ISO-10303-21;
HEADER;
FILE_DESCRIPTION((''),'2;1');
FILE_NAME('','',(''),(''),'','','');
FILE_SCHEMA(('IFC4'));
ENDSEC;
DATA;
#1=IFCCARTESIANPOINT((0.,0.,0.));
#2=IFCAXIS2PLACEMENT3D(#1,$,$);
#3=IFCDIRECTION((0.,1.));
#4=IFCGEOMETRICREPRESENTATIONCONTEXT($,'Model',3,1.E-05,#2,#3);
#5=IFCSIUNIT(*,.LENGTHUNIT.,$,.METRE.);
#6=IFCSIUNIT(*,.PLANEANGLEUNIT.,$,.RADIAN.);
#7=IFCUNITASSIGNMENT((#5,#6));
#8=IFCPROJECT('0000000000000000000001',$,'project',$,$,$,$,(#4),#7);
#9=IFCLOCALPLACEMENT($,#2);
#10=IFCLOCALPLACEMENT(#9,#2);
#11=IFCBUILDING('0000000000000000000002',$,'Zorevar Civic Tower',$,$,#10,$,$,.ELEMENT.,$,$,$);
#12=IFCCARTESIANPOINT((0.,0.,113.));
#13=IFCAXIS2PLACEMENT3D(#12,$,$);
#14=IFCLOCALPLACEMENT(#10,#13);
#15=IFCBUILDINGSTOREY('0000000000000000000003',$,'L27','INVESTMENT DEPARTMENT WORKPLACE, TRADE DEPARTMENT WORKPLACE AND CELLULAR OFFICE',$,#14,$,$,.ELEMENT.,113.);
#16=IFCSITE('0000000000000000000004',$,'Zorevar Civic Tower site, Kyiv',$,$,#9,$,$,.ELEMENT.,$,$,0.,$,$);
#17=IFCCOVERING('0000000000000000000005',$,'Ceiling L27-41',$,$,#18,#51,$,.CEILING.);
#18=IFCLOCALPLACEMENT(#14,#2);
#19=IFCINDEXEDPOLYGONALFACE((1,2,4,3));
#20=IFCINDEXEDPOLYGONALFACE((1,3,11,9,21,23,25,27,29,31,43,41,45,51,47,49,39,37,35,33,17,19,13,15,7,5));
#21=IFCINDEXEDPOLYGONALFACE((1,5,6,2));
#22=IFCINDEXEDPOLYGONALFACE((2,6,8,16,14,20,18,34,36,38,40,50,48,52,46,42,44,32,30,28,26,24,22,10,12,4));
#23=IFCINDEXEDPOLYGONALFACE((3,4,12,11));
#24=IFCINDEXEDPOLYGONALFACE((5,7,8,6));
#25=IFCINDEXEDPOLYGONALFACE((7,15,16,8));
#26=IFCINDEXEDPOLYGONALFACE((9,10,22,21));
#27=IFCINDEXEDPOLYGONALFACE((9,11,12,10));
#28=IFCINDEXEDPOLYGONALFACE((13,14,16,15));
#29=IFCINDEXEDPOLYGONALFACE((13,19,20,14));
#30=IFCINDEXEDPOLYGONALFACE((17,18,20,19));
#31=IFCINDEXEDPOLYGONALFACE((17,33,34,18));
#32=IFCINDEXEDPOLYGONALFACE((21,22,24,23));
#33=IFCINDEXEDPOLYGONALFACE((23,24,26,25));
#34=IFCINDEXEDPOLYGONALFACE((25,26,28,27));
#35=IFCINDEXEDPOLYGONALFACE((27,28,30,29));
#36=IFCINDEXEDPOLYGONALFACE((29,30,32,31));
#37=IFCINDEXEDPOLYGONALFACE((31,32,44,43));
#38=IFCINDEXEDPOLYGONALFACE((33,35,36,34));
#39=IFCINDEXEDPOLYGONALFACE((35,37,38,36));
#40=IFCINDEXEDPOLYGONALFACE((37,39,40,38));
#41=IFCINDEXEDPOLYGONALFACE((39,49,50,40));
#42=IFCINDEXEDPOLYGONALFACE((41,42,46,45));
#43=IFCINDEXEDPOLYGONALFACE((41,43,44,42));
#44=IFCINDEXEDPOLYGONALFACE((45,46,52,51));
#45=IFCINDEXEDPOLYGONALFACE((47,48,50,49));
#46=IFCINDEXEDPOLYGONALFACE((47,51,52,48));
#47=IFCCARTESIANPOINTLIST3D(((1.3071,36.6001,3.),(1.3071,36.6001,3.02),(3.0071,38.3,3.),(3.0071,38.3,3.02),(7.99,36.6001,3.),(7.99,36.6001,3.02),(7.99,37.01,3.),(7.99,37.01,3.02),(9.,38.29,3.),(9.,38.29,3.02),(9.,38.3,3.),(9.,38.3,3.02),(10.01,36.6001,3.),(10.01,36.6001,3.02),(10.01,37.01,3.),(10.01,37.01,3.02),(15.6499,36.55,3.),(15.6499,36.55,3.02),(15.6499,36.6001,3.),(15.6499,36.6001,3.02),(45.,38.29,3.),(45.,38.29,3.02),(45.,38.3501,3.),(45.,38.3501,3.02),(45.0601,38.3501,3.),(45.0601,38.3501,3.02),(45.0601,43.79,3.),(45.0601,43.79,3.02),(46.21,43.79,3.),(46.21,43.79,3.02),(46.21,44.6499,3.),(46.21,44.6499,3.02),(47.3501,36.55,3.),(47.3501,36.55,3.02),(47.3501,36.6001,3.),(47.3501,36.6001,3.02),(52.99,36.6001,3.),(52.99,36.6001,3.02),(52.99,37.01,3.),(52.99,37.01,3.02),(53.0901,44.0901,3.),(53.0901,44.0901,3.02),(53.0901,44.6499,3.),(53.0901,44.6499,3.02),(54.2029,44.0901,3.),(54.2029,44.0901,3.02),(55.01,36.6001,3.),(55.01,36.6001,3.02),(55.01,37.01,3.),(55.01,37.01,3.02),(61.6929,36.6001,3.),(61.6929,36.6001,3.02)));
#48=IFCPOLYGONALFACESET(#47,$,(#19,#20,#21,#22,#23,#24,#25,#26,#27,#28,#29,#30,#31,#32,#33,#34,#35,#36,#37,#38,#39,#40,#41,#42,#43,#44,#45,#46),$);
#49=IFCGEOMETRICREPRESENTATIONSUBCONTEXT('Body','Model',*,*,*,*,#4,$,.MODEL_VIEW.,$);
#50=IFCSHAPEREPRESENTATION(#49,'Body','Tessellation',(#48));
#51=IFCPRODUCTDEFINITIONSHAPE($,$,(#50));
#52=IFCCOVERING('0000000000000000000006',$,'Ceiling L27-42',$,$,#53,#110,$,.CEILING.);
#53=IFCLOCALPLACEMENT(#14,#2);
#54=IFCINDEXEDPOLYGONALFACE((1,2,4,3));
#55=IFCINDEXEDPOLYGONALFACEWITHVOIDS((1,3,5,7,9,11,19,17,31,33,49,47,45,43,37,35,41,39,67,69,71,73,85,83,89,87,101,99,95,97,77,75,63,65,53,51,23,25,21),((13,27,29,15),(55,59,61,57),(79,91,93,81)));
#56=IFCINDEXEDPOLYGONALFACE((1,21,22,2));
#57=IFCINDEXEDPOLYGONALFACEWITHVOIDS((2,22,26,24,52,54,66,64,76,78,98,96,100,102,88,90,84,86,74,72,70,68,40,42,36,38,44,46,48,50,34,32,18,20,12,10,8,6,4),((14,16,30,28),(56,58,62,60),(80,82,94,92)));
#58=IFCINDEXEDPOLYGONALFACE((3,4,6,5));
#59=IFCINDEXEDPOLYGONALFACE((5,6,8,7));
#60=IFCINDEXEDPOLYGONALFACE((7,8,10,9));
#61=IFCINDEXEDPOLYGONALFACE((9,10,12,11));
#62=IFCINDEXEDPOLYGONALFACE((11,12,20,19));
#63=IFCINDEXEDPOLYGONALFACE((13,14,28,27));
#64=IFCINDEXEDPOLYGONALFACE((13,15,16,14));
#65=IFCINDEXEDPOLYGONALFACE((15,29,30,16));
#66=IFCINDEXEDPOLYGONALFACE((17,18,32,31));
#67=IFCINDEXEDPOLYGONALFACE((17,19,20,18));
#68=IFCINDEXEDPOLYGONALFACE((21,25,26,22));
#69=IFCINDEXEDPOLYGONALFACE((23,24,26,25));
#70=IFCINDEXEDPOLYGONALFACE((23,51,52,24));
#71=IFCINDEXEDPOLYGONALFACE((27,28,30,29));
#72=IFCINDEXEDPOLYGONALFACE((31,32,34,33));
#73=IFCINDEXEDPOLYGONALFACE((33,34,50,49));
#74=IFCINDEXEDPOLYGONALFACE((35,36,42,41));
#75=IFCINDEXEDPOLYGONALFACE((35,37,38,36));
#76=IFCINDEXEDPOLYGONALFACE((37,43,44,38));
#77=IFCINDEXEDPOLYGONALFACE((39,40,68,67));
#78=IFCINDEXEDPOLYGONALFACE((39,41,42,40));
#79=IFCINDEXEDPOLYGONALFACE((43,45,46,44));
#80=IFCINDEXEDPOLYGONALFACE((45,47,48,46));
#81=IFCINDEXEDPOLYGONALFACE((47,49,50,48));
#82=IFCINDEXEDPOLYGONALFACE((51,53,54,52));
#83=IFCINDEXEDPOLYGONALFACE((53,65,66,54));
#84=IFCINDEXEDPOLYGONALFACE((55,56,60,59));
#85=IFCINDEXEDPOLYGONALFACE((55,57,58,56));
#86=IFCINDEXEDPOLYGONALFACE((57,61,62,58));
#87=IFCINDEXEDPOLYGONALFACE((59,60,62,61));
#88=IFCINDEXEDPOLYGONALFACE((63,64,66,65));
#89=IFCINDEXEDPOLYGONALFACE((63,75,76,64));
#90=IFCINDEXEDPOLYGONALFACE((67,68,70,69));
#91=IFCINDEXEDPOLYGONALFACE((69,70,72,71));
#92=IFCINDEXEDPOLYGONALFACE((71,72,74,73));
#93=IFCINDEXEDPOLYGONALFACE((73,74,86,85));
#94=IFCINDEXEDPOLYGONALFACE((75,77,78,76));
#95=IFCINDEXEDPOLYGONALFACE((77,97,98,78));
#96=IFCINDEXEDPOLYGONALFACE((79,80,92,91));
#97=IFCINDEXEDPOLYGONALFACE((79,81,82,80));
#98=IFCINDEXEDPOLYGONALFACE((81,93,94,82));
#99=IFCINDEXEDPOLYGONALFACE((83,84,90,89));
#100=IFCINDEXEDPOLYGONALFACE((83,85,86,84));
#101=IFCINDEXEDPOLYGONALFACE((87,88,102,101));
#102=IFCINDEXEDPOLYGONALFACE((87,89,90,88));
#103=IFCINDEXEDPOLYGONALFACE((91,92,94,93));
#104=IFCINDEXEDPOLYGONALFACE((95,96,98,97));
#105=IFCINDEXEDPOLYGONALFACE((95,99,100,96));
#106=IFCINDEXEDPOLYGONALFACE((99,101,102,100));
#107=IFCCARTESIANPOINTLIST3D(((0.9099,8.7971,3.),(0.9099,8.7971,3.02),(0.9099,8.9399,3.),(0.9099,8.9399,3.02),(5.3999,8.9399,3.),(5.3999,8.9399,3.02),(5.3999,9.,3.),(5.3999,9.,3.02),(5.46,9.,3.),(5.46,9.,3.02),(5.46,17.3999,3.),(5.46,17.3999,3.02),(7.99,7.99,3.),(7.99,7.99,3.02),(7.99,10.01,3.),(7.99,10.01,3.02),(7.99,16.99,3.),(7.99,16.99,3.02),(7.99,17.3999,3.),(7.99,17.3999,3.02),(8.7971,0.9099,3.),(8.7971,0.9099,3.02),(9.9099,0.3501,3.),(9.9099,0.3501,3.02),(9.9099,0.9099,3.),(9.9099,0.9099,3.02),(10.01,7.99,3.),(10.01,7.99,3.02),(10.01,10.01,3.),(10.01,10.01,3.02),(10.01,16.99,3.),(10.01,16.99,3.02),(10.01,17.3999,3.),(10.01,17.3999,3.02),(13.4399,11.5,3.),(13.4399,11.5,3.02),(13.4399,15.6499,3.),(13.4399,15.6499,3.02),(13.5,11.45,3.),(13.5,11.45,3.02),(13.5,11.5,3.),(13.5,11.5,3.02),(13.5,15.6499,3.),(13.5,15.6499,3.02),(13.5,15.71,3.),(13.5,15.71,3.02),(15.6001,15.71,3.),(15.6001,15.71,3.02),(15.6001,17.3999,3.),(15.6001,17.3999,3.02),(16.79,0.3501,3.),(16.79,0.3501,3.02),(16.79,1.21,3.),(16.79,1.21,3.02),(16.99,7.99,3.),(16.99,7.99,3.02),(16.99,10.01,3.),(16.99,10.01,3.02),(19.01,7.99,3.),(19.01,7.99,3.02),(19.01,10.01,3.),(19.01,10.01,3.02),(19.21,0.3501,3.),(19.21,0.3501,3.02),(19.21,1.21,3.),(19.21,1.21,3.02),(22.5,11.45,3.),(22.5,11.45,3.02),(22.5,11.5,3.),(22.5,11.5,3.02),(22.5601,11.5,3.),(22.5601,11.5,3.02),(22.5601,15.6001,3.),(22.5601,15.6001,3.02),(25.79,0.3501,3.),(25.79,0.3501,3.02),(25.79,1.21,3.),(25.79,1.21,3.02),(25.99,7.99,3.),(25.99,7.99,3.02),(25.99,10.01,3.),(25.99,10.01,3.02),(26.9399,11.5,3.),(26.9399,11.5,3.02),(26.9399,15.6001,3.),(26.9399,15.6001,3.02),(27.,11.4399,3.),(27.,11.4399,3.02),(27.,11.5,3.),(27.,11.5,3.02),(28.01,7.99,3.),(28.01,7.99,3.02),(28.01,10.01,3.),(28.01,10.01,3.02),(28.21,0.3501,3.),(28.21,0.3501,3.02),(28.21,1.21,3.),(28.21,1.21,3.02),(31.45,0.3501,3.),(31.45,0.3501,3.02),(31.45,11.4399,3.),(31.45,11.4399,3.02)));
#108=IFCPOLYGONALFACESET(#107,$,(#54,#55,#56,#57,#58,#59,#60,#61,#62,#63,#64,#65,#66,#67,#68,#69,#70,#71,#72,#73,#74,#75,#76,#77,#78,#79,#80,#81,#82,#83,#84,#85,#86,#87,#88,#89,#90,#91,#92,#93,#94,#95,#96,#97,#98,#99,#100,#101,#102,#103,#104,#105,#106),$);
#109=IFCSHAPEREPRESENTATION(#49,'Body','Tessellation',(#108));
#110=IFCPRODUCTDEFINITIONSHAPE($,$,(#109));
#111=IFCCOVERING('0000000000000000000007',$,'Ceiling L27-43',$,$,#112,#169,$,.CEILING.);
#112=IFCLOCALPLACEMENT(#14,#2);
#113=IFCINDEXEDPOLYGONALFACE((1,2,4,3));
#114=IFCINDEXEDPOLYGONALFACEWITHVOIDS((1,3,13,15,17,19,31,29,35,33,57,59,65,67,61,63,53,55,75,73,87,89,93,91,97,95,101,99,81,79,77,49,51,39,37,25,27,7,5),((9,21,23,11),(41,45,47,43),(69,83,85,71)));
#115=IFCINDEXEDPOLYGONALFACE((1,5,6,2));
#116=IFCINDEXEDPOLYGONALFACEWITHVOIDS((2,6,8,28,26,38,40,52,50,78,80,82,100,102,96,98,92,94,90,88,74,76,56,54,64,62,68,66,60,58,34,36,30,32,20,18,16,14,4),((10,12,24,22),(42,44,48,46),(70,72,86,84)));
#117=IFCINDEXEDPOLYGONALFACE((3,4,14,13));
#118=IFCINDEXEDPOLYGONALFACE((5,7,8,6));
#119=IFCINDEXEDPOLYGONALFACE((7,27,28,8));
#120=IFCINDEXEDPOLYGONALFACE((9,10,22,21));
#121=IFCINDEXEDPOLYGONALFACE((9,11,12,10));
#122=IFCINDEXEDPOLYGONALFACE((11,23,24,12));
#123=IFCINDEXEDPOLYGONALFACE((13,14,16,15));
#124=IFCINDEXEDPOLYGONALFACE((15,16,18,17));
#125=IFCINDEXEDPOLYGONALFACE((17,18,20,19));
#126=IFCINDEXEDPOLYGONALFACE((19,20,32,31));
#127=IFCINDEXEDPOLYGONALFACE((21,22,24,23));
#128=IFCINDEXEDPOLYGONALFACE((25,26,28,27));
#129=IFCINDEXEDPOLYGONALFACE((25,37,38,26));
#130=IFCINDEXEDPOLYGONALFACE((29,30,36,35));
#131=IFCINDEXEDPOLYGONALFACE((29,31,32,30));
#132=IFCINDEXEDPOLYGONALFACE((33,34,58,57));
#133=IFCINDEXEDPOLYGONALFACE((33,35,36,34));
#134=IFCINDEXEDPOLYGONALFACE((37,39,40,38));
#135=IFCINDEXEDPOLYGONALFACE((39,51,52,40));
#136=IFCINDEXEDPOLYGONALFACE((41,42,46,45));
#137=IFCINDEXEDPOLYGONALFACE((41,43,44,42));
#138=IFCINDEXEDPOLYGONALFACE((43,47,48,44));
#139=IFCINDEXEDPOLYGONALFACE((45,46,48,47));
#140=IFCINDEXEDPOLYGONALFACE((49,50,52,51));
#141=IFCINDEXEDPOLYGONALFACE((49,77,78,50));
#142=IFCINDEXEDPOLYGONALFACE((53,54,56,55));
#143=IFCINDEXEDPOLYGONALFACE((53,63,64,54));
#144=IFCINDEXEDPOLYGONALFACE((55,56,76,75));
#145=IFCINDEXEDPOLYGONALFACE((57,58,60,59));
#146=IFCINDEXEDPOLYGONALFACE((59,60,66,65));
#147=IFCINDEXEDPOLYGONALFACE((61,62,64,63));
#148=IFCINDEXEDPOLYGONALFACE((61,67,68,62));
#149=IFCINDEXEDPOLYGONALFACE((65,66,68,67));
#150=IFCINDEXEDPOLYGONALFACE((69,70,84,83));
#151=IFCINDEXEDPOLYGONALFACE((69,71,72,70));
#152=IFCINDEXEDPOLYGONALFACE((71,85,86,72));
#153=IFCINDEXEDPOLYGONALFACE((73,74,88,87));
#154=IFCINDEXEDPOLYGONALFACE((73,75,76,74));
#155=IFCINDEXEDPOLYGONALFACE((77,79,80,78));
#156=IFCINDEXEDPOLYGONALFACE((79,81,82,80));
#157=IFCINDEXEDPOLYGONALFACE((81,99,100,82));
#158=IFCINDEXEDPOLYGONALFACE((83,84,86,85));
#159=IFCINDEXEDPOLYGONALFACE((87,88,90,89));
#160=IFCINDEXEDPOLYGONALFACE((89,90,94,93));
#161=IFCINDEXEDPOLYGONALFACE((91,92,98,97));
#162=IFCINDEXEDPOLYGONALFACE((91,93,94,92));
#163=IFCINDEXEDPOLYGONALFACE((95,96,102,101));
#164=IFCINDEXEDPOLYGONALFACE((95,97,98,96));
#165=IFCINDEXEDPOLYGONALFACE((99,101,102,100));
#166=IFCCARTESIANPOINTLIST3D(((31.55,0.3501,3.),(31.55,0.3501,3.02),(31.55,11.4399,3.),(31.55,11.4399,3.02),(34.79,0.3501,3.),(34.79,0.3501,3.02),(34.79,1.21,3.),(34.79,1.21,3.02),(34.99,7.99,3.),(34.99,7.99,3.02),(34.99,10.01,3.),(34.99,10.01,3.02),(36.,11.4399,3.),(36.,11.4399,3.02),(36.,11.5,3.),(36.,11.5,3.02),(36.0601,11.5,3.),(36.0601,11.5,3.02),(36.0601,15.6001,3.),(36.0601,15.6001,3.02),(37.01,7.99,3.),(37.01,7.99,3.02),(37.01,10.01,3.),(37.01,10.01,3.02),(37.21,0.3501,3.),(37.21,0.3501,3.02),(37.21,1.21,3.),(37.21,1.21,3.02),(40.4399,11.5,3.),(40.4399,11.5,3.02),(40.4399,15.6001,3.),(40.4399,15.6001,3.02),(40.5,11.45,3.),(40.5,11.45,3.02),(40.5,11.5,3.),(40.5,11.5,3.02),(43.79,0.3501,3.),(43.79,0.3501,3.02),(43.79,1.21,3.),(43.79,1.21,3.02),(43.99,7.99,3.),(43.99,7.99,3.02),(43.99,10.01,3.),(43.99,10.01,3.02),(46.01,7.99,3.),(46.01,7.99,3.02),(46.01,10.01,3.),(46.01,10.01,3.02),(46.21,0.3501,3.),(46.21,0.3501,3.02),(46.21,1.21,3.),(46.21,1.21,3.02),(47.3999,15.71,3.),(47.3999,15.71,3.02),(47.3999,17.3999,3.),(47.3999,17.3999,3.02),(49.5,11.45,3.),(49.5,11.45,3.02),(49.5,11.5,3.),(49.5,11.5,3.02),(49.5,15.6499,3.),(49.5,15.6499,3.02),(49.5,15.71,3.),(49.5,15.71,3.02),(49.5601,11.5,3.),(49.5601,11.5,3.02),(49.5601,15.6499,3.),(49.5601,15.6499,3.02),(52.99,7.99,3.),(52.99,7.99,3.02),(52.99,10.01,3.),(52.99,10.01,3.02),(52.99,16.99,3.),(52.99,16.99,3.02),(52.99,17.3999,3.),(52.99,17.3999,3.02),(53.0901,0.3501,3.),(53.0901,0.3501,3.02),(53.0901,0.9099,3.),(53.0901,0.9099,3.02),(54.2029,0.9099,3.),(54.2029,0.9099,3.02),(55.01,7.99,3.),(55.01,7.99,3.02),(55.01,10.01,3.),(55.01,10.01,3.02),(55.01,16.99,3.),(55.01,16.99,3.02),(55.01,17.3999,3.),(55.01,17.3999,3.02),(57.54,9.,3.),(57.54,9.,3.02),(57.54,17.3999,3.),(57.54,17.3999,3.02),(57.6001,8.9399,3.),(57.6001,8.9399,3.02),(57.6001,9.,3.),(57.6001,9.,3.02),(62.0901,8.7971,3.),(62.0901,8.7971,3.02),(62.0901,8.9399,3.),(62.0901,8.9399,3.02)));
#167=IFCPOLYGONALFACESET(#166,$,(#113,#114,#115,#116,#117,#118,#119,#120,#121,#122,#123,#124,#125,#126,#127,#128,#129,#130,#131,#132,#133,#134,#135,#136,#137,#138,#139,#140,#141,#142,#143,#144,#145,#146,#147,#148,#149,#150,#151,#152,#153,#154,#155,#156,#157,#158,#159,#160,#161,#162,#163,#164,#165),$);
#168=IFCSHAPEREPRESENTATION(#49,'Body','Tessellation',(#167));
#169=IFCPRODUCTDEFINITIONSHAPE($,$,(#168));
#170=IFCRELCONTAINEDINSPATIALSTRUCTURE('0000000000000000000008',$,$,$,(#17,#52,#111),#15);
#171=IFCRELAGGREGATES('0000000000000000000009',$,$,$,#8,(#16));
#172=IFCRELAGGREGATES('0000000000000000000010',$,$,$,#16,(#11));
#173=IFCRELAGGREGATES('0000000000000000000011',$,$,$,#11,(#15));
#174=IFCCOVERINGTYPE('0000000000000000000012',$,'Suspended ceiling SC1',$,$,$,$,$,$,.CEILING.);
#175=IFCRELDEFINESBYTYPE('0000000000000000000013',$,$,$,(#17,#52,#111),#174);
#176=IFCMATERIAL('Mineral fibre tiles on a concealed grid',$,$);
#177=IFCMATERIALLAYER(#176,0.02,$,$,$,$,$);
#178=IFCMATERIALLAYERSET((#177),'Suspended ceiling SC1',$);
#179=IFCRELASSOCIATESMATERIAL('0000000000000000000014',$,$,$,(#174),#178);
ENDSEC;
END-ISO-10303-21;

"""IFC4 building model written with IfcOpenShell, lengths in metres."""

from ifc_helpers import new_model, si_unit, direction, frame, origin, place, context, subcontext, project, spatial, polyline, outline, extrude, material, layer, layer_set, type_object, element, save


model = new_model("IFC4")

# Units and contexts
model_context = context("Model", 3, precision=1e-05, world=origin(), true_north=direction((0.0, 1.0)))
body_context = subcontext(model_context, "Body", "Model", "MODEL_VIEW")
ifc_project = project(units=[si_unit("LENGTHUNIT", "METRE"), si_unit("PLANEANGLEUNIT", "RADIAN")], contexts=[model_context])

# Site, building, storey
site_placement = place(None, origin())
site = spatial("IfcSite", under=ifc_project, at=site_placement, Name="Zorevar Civic Tower site, Kyiv", CompositionType="ELEMENT", RefElevation=0.0)
building_placement = place(site_placement, origin())
building = spatial("IfcBuilding", under=site, at=building_placement, Name="Zorevar Civic Tower", CompositionType="ELEMENT")
storey_placement = place(building_placement, frame((0.0, 0.0, 113.0)))
storey = spatial("IfcBuildingStorey", under=building, at=storey_placement, Name="L27", Description="INVESTMENT DEPARTMENT WORKPLACE, TRADE DEPARTMENT WORKPLACE AND CELLULAR OFFICE", CompositionType="ELEMENT", Elevation=113.0)

# Coverings
ifc_material_1 = material(Name="Mineral fibre tiles on a concealed grid")
ifc_layer_1 = layer(ifc_material_1, 0.02)
ifc_layer_set_1 = layer_set([ifc_layer_1], Name="Suspended ceiling SC1")
covering_type_1 = type_object("IfcCoveringType", Name="Suspended ceiling SC1", PredefinedType="CEILING", material=ifc_layer_set_1)
covering_1_placement = place(storey_placement, frame((0.0, 0.0, 3.0)))
element("IfcCovering", 1, at=covering_1_placement, inside=storey, type_object=covering_type_1, Name="Ceiling L27-41", PredefinedType="CEILING", context=body_context, shape_type="SweptSolid", body=[
    extrude(outline(polyline([(53.0901, 44.0901), (54.2029, 44.0901), (61.6929, 36.6001), (55.01, 36.6001), (55.01, 37.01), (52.99, 37.01), (52.99, 36.6001), (47.3501, 36.6001), (47.3501, 36.55), (15.6499, 36.55), (15.6499, 36.6001), (10.01, 36.6001), (10.01, 37.01), (7.99, 37.01), (7.99, 36.6001), (1.3071, 36.6001), (3.0071, 38.3), (9.0, 38.3), (9.0, 38.29), (45.0, 38.29), (45.0, 38.3501), (45.0601, 38.3501), (45.0601, 43.79), (46.21, 43.79), (46.21, 44.6499), (53.0901, 44.6499), (53.0901, 44.0901)])), origin(), (0.0, 0.0, 1.0), 0.02),
])
covering_2_placement = place(storey_placement, frame((0.0, 0.0, 3.0)))
element("IfcCovering", 2, at=covering_2_placement, inside=storey, type_object=covering_type_1, Name="Ceiling L27-42", PredefinedType="CEILING", context=body_context, shape_type="SweptSolid", body=[
    extrude(outline(polyline([(5.46, 17.3999), (7.99, 17.3999), (7.99, 16.99), (10.01, 16.99), (10.01, 17.3999), (15.6001, 17.3999), (15.6001, 15.71), (13.5, 15.71), (13.5, 15.6499), (13.4399, 15.6499), (13.4399, 11.5), (13.5, 11.5), (13.5, 11.45), (22.5, 11.45), (22.5, 11.5), (22.5601, 11.5), (22.5601, 15.6001), (26.9399, 15.6001), (26.9399, 11.5), (27.0, 11.5), (27.0, 11.4399), (31.45, 11.4399), (31.45, 0.3501), (28.21, 0.3501), (28.21, 1.21), (25.79, 1.21), (25.79, 0.3501), (19.21, 0.3501), (19.21, 1.21), (16.79, 1.21), (16.79, 0.3501), (9.9099, 0.3501), (9.9099, 0.9099), (8.7971, 0.9099), (0.9099, 8.7971), (0.9099, 8.9399), (5.3999, 8.9399), (5.3999, 9.0), (5.46, 9.0), (5.46, 17.3999)]), holes=[polyline([(7.99, 7.99), (10.01, 7.99), (10.01, 10.01), (7.99, 10.01), (7.99, 7.99)]), polyline([(19.01, 7.99), (19.01, 10.01), (16.99, 10.01), (16.99, 7.99), (19.01, 7.99)]), polyline([(25.99, 10.01), (25.99, 7.99), (28.01, 7.99), (28.01, 10.01), (25.99, 10.01)])]), origin(), (0.0, 0.0, 1.0), 0.02),
])
covering_3_placement = place(storey_placement, frame((0.0, 0.0, 3.0)))
element("IfcCovering", 3, at=covering_3_placement, inside=storey, type_object=covering_type_1, Name="Ceiling L27-43", PredefinedType="CEILING", context=body_context, shape_type="SweptSolid", body=[
    extrude(outline(polyline([(52.99, 17.3999), (52.99, 16.99), (55.01, 16.99), (55.01, 17.3999), (57.54, 17.3999), (57.54, 9.0), (57.6001, 9.0), (57.6001, 8.9399), (62.0901, 8.9399), (62.0901, 8.7971), (54.2029, 0.9099), (53.0901, 0.9099), (53.0901, 0.3501), (46.21, 0.3501), (46.21, 1.21), (43.79, 1.21), (43.79, 0.3501), (37.21, 0.3501), (37.21, 1.21), (34.79, 1.21), (34.79, 0.3501), (31.55, 0.3501), (31.55, 11.4399), (36.0, 11.4399), (36.0, 11.5), (36.0601, 11.5), (36.0601, 15.6001), (40.4399, 15.6001), (40.4399, 11.5), (40.5, 11.5), (40.5, 11.45), (49.5, 11.45), (49.5, 11.5), (49.5601, 11.5), (49.5601, 15.6499), (49.5, 15.6499), (49.5, 15.71), (47.3999, 15.71), (47.3999, 17.3999), (52.99, 17.3999)]), holes=[polyline([(37.01, 7.99), (37.01, 10.01), (34.99, 10.01), (34.99, 7.99), (37.01, 7.99)]), polyline([(43.99, 10.01), (43.99, 7.99), (46.01, 7.99), (46.01, 10.01), (43.99, 10.01)]), polyline([(55.01, 7.99), (55.01, 10.01), (52.99, 10.01), (52.99, 7.99), (55.01, 7.99)])]), origin(), (0.0, 0.0, 1.0), 0.02),
])

save(model, "model.ifc")
